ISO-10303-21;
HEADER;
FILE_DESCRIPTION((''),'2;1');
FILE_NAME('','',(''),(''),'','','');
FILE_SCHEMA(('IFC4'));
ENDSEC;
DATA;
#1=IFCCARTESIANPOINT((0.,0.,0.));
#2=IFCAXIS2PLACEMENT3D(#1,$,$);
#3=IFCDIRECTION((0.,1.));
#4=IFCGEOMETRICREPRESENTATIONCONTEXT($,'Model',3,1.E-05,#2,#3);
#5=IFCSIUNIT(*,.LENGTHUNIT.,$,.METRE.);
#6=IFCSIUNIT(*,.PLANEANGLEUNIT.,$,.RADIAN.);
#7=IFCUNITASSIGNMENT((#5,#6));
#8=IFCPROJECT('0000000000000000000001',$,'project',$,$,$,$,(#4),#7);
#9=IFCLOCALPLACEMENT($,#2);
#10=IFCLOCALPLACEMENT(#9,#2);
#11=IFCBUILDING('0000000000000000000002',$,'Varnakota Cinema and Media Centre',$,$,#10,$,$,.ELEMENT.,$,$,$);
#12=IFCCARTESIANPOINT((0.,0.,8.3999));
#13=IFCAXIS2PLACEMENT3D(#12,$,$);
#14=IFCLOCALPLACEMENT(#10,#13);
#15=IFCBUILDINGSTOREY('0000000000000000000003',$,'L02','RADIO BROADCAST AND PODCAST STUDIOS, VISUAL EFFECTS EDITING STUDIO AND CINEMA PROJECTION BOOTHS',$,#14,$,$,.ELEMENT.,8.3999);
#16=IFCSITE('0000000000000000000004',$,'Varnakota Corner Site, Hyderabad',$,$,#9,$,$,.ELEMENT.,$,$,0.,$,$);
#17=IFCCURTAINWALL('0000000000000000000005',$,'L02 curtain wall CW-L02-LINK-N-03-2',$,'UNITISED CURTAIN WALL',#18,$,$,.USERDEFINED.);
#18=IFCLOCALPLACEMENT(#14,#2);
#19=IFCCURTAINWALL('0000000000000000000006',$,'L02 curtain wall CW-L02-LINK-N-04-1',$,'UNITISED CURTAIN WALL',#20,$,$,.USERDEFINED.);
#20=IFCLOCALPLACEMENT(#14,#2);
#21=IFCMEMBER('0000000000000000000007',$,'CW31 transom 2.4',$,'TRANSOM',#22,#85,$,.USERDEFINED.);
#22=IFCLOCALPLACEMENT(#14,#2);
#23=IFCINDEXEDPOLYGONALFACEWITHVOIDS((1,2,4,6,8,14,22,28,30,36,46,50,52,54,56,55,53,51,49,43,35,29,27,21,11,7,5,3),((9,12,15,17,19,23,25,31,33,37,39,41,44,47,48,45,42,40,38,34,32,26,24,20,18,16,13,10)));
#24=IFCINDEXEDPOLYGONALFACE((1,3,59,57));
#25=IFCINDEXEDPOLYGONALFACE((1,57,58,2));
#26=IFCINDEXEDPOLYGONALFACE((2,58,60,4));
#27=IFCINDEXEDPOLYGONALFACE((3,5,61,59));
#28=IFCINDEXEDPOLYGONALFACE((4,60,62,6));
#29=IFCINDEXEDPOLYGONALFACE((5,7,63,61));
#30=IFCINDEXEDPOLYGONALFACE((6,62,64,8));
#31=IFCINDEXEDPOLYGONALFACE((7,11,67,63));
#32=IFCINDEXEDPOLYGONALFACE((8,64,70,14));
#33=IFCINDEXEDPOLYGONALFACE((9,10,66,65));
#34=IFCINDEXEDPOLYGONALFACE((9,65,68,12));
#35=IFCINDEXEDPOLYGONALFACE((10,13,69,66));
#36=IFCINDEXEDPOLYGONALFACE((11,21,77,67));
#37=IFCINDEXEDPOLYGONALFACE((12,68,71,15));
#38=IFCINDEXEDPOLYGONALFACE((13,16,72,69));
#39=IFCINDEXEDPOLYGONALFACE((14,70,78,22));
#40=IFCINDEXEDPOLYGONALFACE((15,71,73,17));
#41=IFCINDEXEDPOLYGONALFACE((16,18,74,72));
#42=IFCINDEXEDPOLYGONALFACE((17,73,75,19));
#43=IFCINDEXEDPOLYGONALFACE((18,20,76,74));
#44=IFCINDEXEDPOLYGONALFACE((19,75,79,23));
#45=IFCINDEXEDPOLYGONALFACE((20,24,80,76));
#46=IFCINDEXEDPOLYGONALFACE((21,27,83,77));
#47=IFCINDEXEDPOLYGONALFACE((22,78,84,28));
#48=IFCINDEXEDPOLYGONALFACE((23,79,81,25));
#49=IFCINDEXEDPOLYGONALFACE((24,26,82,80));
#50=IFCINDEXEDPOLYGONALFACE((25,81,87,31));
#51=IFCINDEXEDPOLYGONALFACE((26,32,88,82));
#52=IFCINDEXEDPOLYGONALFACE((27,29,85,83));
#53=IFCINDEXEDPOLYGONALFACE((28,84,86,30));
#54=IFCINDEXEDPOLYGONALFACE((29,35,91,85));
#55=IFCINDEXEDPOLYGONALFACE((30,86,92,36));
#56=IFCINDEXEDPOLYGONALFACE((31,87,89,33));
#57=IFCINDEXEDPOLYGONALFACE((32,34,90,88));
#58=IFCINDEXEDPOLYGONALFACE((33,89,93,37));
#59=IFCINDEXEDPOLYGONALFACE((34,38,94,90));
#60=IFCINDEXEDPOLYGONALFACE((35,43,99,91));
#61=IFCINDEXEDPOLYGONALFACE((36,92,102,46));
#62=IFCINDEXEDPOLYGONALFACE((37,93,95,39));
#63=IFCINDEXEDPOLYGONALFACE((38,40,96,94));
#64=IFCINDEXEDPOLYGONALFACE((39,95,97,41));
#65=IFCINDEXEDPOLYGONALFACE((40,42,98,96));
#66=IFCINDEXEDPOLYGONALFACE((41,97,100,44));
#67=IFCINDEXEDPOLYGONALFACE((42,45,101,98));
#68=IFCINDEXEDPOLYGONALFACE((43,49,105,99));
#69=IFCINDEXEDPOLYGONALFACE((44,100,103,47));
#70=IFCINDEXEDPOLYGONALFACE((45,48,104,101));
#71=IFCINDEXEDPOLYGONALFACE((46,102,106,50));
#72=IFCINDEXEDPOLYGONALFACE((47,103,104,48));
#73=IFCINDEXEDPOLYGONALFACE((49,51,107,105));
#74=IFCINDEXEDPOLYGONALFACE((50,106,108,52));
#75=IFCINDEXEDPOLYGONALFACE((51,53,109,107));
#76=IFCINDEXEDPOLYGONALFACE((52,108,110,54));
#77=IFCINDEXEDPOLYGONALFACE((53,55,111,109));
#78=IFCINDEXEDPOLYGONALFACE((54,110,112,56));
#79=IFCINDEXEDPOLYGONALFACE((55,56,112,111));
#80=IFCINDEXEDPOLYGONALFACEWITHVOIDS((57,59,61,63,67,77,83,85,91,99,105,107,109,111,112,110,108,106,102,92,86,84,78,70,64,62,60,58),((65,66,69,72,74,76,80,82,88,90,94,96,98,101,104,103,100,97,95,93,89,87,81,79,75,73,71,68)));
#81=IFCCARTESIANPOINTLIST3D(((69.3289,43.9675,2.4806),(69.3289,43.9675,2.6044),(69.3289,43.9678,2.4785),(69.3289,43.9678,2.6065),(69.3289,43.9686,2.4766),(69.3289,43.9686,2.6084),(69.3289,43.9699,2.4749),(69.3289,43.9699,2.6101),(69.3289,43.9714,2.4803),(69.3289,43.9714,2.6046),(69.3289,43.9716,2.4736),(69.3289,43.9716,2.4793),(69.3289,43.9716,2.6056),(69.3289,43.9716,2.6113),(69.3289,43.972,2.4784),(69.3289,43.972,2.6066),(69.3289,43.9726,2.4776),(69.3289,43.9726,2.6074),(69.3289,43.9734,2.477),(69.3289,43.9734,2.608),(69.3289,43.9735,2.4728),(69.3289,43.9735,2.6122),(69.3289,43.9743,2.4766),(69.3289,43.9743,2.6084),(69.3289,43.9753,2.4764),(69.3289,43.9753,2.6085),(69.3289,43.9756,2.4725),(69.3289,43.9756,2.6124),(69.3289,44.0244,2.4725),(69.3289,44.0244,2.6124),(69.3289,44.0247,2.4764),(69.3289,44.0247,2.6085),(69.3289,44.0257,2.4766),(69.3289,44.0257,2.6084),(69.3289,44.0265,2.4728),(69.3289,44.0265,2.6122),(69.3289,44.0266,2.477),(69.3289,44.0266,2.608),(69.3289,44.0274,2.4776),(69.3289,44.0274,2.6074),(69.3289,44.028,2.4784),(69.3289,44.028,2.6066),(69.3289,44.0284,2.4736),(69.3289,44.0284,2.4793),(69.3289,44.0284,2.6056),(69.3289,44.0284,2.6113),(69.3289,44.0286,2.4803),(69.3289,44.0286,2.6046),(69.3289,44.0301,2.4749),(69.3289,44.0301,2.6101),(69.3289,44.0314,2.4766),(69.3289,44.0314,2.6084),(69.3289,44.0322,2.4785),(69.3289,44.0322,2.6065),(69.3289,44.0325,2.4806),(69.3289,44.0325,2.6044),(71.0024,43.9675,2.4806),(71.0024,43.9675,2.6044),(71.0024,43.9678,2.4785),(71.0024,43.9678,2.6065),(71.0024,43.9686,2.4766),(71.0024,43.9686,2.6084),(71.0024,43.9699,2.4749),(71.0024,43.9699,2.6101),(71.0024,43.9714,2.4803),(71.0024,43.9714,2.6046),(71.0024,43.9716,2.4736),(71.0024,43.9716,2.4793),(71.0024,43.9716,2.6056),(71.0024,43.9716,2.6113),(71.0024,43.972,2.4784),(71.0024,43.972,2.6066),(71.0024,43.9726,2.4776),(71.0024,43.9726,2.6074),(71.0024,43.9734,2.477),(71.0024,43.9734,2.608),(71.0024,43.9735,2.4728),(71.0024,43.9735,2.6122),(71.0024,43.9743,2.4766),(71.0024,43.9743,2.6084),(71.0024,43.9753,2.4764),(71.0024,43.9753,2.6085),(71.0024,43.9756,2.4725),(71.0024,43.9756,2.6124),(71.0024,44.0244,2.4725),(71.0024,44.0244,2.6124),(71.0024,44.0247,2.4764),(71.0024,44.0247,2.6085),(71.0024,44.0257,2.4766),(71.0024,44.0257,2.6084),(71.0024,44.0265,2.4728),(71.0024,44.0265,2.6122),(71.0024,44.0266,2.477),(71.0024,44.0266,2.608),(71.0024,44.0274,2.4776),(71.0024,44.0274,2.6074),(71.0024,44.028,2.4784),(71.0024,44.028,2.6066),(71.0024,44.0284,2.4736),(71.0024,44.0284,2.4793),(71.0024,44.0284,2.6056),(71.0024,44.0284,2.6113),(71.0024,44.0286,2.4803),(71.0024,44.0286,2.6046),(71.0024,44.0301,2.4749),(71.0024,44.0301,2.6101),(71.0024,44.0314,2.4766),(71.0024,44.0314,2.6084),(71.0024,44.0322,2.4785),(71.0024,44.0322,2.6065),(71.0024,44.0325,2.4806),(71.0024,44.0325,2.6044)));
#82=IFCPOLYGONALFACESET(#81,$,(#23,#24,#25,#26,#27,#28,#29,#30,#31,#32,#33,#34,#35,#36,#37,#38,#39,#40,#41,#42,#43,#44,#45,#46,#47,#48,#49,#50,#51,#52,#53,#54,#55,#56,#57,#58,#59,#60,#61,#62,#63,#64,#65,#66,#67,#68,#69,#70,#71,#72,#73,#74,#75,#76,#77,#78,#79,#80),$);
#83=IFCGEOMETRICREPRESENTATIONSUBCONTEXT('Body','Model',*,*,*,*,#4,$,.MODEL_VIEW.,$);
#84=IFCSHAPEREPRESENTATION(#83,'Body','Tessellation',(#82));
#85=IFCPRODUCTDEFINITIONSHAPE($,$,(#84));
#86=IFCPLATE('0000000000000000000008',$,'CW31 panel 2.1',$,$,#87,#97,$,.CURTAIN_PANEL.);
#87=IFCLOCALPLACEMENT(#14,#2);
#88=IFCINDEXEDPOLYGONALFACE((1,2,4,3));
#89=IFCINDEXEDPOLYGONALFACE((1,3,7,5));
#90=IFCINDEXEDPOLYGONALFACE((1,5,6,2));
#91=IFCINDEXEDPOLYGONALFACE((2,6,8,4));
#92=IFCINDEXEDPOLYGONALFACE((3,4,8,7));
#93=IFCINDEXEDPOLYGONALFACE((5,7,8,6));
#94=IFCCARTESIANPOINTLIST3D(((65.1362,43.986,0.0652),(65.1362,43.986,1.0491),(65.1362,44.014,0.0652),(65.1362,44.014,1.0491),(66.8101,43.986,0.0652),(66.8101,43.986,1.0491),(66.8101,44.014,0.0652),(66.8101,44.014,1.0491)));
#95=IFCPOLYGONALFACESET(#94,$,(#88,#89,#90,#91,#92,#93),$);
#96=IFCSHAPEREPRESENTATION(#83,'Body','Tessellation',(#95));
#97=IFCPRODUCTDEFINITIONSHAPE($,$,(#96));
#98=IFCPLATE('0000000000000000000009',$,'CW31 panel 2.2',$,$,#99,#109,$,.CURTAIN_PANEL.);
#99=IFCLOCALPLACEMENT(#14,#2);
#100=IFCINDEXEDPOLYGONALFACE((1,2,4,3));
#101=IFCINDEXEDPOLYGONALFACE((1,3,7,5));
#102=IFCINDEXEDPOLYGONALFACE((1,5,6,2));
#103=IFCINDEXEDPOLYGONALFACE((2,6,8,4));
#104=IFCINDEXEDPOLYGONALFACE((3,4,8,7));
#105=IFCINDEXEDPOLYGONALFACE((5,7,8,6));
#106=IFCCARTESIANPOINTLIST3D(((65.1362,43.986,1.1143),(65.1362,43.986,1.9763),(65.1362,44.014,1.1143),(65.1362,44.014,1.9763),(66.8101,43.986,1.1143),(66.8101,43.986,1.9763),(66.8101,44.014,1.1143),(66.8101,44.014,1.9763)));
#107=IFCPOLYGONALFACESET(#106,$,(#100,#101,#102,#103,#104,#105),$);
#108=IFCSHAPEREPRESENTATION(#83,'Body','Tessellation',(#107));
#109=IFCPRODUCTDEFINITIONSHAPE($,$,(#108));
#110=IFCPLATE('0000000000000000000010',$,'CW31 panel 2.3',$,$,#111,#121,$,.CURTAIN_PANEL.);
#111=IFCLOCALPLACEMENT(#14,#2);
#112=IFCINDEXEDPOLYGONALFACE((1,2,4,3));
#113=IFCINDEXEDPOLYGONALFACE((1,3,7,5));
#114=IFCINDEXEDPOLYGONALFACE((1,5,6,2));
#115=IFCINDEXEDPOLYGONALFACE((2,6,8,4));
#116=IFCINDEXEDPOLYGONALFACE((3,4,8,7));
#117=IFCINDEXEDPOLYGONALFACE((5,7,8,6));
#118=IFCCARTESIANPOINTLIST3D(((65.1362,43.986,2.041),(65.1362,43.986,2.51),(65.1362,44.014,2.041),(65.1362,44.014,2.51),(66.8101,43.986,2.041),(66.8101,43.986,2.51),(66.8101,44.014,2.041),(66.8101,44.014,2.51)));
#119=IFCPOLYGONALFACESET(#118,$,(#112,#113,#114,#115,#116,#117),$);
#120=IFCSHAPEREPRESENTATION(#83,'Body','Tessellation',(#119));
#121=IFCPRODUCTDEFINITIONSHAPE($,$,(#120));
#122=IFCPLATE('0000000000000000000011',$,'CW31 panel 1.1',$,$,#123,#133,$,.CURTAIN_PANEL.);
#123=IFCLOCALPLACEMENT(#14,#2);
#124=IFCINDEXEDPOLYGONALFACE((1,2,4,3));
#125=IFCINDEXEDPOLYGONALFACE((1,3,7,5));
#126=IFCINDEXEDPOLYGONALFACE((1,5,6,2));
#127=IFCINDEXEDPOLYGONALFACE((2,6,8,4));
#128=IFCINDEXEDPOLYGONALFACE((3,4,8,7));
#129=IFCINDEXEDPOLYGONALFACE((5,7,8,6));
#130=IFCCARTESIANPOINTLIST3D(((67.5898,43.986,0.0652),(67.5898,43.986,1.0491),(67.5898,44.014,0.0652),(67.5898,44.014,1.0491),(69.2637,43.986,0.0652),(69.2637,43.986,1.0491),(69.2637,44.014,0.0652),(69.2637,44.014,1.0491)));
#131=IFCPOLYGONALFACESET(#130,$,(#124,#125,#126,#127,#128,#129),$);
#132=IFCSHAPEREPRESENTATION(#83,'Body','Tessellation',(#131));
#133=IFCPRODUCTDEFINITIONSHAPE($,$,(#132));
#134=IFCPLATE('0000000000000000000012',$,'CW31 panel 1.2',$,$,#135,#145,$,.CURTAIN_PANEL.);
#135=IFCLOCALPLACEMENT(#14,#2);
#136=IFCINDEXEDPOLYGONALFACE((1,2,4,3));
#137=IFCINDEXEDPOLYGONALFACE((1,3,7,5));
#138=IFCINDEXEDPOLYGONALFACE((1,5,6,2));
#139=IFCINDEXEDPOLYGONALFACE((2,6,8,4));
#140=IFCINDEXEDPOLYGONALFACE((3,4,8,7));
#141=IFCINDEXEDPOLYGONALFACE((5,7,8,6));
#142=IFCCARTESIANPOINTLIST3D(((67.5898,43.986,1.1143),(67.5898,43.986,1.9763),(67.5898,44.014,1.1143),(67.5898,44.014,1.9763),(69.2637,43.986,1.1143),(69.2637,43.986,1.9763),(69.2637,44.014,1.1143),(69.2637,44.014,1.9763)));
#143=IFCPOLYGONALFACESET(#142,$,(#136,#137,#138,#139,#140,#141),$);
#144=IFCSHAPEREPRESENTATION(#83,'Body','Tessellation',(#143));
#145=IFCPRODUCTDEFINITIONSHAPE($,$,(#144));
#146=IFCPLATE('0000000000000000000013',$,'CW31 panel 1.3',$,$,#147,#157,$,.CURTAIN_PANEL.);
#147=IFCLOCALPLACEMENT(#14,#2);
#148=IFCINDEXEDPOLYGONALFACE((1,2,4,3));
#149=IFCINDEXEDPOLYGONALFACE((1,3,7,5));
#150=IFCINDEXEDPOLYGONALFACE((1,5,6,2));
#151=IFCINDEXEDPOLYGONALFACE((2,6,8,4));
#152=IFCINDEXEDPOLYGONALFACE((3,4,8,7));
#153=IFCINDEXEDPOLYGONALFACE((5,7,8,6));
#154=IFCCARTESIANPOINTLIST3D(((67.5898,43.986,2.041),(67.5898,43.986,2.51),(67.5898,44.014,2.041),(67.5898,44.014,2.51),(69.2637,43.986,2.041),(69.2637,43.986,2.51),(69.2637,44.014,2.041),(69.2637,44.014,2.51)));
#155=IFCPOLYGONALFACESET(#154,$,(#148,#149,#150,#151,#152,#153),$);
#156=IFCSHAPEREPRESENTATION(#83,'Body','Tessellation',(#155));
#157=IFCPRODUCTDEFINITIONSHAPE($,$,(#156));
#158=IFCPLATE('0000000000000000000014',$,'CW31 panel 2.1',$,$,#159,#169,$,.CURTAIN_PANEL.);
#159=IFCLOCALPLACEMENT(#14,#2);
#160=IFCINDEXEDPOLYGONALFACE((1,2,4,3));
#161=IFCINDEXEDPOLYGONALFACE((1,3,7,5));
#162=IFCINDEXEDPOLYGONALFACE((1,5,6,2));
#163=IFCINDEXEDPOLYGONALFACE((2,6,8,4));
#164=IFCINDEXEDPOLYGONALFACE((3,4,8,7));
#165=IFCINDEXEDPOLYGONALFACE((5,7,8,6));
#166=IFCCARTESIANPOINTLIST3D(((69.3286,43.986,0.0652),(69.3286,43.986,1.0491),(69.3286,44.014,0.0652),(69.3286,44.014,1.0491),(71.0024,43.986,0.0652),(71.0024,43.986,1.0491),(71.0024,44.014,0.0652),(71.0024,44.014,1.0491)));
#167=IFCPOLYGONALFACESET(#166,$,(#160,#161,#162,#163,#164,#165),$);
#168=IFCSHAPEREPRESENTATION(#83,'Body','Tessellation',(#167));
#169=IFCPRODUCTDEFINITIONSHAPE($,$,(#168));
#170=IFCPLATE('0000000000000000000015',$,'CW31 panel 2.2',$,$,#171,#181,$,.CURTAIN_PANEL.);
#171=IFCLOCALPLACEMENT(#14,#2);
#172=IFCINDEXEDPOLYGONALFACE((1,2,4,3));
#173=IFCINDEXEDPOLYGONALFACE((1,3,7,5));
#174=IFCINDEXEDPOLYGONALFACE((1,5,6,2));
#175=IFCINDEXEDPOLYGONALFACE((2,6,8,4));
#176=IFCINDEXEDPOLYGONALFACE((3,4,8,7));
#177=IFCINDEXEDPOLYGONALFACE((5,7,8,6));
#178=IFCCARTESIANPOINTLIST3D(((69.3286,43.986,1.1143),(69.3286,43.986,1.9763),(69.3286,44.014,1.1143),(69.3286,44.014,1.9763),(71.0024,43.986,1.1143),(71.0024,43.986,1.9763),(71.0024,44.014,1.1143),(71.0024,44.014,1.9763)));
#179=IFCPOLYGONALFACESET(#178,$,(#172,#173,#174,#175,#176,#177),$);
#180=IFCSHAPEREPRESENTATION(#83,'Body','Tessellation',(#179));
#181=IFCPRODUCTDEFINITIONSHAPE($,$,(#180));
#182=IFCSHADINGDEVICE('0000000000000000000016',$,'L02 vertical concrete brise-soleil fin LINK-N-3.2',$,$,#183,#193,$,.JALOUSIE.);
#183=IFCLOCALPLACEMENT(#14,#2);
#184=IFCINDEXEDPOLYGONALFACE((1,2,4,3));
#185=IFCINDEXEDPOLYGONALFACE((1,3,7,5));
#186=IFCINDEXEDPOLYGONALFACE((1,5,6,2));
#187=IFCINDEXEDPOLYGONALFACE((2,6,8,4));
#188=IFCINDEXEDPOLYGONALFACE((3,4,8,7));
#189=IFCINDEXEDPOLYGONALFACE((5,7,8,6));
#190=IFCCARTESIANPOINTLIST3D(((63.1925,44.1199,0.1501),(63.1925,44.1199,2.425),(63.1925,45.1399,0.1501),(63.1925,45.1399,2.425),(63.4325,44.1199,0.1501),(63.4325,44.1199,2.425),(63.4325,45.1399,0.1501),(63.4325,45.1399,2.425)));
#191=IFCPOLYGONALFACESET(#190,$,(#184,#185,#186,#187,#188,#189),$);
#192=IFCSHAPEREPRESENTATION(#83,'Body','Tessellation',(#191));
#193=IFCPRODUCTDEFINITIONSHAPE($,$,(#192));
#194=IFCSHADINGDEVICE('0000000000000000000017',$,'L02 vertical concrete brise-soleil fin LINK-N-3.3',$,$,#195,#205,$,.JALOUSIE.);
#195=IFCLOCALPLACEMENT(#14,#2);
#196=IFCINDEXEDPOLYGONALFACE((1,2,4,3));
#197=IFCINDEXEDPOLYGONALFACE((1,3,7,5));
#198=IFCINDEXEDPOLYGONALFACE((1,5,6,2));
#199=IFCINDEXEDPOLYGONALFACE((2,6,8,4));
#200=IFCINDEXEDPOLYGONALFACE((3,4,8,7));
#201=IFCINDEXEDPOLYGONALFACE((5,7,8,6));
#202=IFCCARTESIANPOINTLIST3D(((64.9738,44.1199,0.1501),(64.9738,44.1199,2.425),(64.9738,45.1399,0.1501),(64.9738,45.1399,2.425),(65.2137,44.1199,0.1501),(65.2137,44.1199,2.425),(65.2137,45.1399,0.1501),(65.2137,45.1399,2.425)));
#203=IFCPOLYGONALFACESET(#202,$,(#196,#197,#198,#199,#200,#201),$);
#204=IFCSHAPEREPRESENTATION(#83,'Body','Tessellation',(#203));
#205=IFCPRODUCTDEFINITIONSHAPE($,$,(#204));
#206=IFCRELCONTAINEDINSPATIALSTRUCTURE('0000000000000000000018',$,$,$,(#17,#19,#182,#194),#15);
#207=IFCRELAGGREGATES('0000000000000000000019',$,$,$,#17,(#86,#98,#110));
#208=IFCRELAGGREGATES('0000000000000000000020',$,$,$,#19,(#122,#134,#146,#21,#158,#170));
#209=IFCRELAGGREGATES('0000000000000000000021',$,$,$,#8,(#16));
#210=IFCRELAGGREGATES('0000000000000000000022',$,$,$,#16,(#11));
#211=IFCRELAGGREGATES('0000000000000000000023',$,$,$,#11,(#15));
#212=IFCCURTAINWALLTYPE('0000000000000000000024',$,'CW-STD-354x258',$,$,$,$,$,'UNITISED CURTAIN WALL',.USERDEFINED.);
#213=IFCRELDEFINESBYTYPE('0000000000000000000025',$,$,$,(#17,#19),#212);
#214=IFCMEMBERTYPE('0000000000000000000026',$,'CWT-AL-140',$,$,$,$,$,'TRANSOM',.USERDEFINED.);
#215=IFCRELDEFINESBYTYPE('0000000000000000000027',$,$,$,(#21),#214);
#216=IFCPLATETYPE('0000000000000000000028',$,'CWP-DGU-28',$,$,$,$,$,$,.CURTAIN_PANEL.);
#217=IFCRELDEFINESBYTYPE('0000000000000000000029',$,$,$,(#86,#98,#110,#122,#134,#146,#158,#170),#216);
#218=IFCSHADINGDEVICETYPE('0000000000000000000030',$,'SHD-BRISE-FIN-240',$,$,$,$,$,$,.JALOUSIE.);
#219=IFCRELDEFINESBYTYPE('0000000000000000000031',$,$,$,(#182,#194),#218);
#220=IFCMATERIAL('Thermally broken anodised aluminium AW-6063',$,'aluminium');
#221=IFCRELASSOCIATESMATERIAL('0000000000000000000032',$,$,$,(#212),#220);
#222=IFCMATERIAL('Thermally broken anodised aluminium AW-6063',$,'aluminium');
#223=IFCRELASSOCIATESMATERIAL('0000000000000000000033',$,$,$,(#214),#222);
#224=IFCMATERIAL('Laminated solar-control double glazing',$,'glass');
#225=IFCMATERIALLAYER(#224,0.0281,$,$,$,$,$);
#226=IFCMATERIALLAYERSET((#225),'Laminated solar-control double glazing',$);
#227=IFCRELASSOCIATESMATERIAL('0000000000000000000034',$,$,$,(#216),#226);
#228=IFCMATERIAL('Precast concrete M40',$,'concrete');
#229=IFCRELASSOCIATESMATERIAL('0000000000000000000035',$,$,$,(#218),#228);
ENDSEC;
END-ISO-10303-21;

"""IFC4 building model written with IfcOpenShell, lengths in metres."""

from ifc_helpers import new_model, si_unit, direction, frame, origin, origin_2d, place, context, subcontext, project, spatial, rectangle, hollow_rectangle, extrude, material, layer, layer_set, material_profile, profile_set, type_object, element, aggregate, save


model = new_model("IFC4")

# Units and contexts
model_context = context("Model", 3, precision=1e-05, world=origin(), true_north=direction((0.0, 1.0)))
body_context = subcontext(model_context, "Body", "Model", "MODEL_VIEW")
ifc_project = project(units=[si_unit("LENGTHUNIT", "METRE"), si_unit("PLANEANGLEUNIT", "RADIAN")], contexts=[model_context])

# Site, building, storey
site_placement = place(None, origin())
site = spatial("IfcSite", under=ifc_project, at=site_placement, Name="Varnakota Corner Site, Hyderabad", CompositionType="ELEMENT", RefElevation=0.0)
building_placement = place(site_placement, origin())
building = spatial("IfcBuilding", under=site, at=building_placement, Name="Varnakota Cinema and Media Centre", CompositionType="ELEMENT")
storey_placement = place(building_placement, frame((0.0, 0.0, 8.3999)))
storey = spatial("IfcBuildingStorey", under=building, at=storey_placement, Name="L02", Description="RADIO BROADCAST AND PODCAST STUDIOS, VISUAL EFFECTS EDITING STUDIO AND CINEMA PROJECTION BOOTHS", CompositionType="ELEMENT", Elevation=8.3999)

# Curtain wall
ifc_material_1 = material(Name="Thermally broken anodised aluminium AW-6063", Category="aluminium")
curtain_wall_type = type_object("IfcCurtainWallType", Name="CW-STD-354x258", ElementType="UNITISED CURTAIN WALL", PredefinedType="USERDEFINED", material=ifc_material_1)
curtain_wall_1_placement = place(storey_placement, origin())
curtain_wall_1 = element("IfcCurtainWall", 1, at=curtain_wall_1_placement, inside=storey, type_object=curtain_wall_type, Name="L02 curtain wall CW-L02-LINK-N-03-2", ObjectType="UNITISED CURTAIN WALL", PredefinedType="USERDEFINED")

# Curtain wall
curtain_wall_2_placement = place(storey_placement, origin())
curtain_wall_2 = element("IfcCurtainWall", 2, at=curtain_wall_2_placement, inside=storey, type_object=curtain_wall_type, Name="L02 curtain wall CW-L02-LINK-N-04-1", ObjectType="UNITISED CURTAIN WALL", PredefinedType="USERDEFINED")

# Member
ifc_material_2 = material(Name="Thermally broken anodised aluminium AW-6063", Category="aluminium")
ifc_material_profile_1 = material_profile(ifc_material_2, hollow_rectangle(XDim=0.0649, YDim=0.1399, WallThickness=0.0039, InnerFilletRadius=0.0039, OuterFilletRadius=0.0081, at=origin_2d()), Name="AL-TRANSOM 140x65x4")
ifc_profile_set_1 = profile_set([ifc_material_profile_1], Name="Thermally broken anodised aluminium AW-6063")
member_type_1 = type_object("IfcMemberType", Name="CWT-AL-140", ElementType="TRANSOM", PredefinedType="USERDEFINED", material=ifc_profile_set_1)
member_1_placement = place(storey_placement, frame((69.3289, 44.0, 2.5425), z_axis=(1.0, 0.0, 0.0), x_axis=(0.0, 1.0, 0.0)))
member_1 = element("IfcMember", 3, at=member_1_placement, type_object=member_type_1, Name="CW31 transom 2.4", ObjectType="TRANSOM", PredefinedType="USERDEFINED", context=body_context, shape_type="SweptSolid", body=[
    extrude(hollow_rectangle(XDim=0.0649, YDim=0.1399, WallThickness=0.0039, InnerFilletRadius=0.0039, OuterFilletRadius=0.0081, at=origin_2d()), origin(), (0.0, 0.0, 1.0), 1.6736),
])

# Plates
ifc_material_3 = material(Name="Laminated solar-control double glazing", Category="glass")
ifc_layer = layer(ifc_material_3, 0.0281)
ifc_layer_set = layer_set([ifc_layer], Name="Laminated solar-control double glazing")
plate_type = type_object("IfcPlateType", Name="CWP-DGU-28", PredefinedType="CURTAIN_PANEL", material=ifc_layer_set)
plate_1_placement = place(storey_placement, frame((65.9731, 44.0, 0.0652), z_axis=(0.0, 0.0, 1.0), x_axis=(1.0, 0.0, 0.0)))
plate_1 = element("IfcPlate", 4, at=plate_1_placement, type_object=plate_type, Name="CW31 panel 2.1", PredefinedType="CURTAIN_PANEL", context=body_context, shape_type="SweptSolid", body=[
    extrude(rectangle(XDim=1.6738, YDim=0.0281, at=origin_2d()), origin(), (0.0, 0.0, 1.0), 0.9839),
])
plate_2_placement = place(storey_placement, frame((65.9731, 44.0, 1.1143), z_axis=(0.0, 0.0, 1.0), x_axis=(1.0, 0.0, 0.0)))
plate_2 = element("IfcPlate", 5, at=plate_2_placement, type_object=plate_type, Name="CW31 panel 2.2", PredefinedType="CURTAIN_PANEL", context=body_context, shape_type="SweptSolid", body=[
    extrude(rectangle(XDim=1.6738, YDim=0.0281, at=origin_2d()), origin(), (0.0, 0.0, 1.0), 0.8621),
])
plate_3_placement = place(storey_placement, frame((65.9731, 44.0, 2.041), z_axis=(0.0, 0.0, 1.0), x_axis=(1.0, 0.0, 0.0)))
plate_3 = element("IfcPlate", 6, at=plate_3_placement, type_object=plate_type, Name="CW31 panel 2.3", PredefinedType="CURTAIN_PANEL", context=body_context, shape_type="SweptSolid", body=[
    extrude(rectangle(XDim=1.6738, YDim=0.0281, at=origin_2d()), origin(), (0.0, 0.0, 1.0), 0.469),
])
aggregate(curtain_wall_1, [plate_1, plate_2, plate_3])
plate_4_placement = place(storey_placement, frame((68.4268, 44.0, 0.0652), z_axis=(0.0, 0.0, 1.0), x_axis=(1.0, 0.0, 0.0)))
plate_4 = element("IfcPlate", 7, at=plate_4_placement, type_object=plate_type, Name="CW31 panel 1.1", PredefinedType="CURTAIN_PANEL", context=body_context, shape_type="SweptSolid", body=[
    extrude(rectangle(XDim=1.6738, YDim=0.0281, at=origin_2d()), origin(), (0.0, 0.0, 1.0), 0.9839),
])
plate_5_placement = place(storey_placement, frame((68.4268, 44.0, 1.1143), z_axis=(0.0, 0.0, 1.0), x_axis=(1.0, 0.0, 0.0)))
plate_5 = element("IfcPlate", 8, at=plate_5_placement, type_object=plate_type, Name="CW31 panel 1.2", PredefinedType="CURTAIN_PANEL", context=body_context, shape_type="SweptSolid", body=[
    extrude(rectangle(XDim=1.6738, YDim=0.0281, at=origin_2d()), origin(), (0.0, 0.0, 1.0), 0.8621),
])
plate_6_placement = place(storey_placement, frame((68.4268, 44.0, 2.041), z_axis=(0.0, 0.0, 1.0), x_axis=(1.0, 0.0, 0.0)))
plate_6 = element("IfcPlate", 9, at=plate_6_placement, type_object=plate_type, Name="CW31 panel 1.3", PredefinedType="CURTAIN_PANEL", context=body_context, shape_type="SweptSolid", body=[
    extrude(rectangle(XDim=1.6738, YDim=0.0281, at=origin_2d()), origin(), (0.0, 0.0, 1.0), 0.469),
])
plate_7_placement = place(storey_placement, frame((70.1655, 44.0, 0.0652), z_axis=(0.0, 0.0, 1.0), x_axis=(1.0, 0.0, 0.0)))
plate_7 = element("IfcPlate", 10, at=plate_7_placement, type_object=plate_type, Name="CW31 panel 2.1", PredefinedType="CURTAIN_PANEL", context=body_context, shape_type="SweptSolid", body=[
    extrude(rectangle(XDim=1.6738, YDim=0.0281, at=origin_2d()), origin(), (0.0, 0.0, 1.0), 0.9839),
])
plate_8_placement = place(storey_placement, frame((70.1655, 44.0, 1.1143), z_axis=(0.0, 0.0, 1.0), x_axis=(1.0, 0.0, 0.0)))
plate_8 = element("IfcPlate", 11, at=plate_8_placement, type_object=plate_type, Name="CW31 panel 2.2", PredefinedType="CURTAIN_PANEL", context=body_context, shape_type="SweptSolid", body=[
    extrude(rectangle(XDim=1.6738, YDim=0.0281, at=origin_2d()), origin(), (0.0, 0.0, 1.0), 0.8621),
])
aggregate(curtain_wall_2, [plate_4, plate_5, plate_6, member_1, plate_7, plate_8])

# Shading devices
ifc_material_4 = material(Name="Precast concrete M40", Category="concrete")
shading_device_type = type_object("IfcShadingDeviceType", Name="SHD-BRISE-FIN-240", PredefinedType="JALOUSIE", material=ifc_material_4)
for number, where, z_axis, x_axis, name in (
    (12, (63.3125, 44.6299, 0.1501), (0.0, 0.0, 1.0), (1.0, 0.0, 0.0), "L02 vertical concrete brise-soleil fin LINK-N-3.2"),
    (13, (65.0938, 44.6299, 0.1501), (0.0, 0.0, 1.0), (1.0, 0.0, 0.0), "L02 vertical concrete brise-soleil fin LINK-N-3.3"),
):
    element("IfcShadingDevice", number, at=place(storey_placement, frame(where, z_axis=z_axis, x_axis=x_axis)), inside=storey, type_object=shading_device_type, Name=name, PredefinedType="JALOUSIE", context=body_context, shape_type="SweptSolid", body=[
        extrude(rectangle(XDim=0.24, YDim=1.02, at=origin_2d()), origin(), (0.0, 0.0, 1.0), 2.2749),
    ])

save(model, "model.ifc")
